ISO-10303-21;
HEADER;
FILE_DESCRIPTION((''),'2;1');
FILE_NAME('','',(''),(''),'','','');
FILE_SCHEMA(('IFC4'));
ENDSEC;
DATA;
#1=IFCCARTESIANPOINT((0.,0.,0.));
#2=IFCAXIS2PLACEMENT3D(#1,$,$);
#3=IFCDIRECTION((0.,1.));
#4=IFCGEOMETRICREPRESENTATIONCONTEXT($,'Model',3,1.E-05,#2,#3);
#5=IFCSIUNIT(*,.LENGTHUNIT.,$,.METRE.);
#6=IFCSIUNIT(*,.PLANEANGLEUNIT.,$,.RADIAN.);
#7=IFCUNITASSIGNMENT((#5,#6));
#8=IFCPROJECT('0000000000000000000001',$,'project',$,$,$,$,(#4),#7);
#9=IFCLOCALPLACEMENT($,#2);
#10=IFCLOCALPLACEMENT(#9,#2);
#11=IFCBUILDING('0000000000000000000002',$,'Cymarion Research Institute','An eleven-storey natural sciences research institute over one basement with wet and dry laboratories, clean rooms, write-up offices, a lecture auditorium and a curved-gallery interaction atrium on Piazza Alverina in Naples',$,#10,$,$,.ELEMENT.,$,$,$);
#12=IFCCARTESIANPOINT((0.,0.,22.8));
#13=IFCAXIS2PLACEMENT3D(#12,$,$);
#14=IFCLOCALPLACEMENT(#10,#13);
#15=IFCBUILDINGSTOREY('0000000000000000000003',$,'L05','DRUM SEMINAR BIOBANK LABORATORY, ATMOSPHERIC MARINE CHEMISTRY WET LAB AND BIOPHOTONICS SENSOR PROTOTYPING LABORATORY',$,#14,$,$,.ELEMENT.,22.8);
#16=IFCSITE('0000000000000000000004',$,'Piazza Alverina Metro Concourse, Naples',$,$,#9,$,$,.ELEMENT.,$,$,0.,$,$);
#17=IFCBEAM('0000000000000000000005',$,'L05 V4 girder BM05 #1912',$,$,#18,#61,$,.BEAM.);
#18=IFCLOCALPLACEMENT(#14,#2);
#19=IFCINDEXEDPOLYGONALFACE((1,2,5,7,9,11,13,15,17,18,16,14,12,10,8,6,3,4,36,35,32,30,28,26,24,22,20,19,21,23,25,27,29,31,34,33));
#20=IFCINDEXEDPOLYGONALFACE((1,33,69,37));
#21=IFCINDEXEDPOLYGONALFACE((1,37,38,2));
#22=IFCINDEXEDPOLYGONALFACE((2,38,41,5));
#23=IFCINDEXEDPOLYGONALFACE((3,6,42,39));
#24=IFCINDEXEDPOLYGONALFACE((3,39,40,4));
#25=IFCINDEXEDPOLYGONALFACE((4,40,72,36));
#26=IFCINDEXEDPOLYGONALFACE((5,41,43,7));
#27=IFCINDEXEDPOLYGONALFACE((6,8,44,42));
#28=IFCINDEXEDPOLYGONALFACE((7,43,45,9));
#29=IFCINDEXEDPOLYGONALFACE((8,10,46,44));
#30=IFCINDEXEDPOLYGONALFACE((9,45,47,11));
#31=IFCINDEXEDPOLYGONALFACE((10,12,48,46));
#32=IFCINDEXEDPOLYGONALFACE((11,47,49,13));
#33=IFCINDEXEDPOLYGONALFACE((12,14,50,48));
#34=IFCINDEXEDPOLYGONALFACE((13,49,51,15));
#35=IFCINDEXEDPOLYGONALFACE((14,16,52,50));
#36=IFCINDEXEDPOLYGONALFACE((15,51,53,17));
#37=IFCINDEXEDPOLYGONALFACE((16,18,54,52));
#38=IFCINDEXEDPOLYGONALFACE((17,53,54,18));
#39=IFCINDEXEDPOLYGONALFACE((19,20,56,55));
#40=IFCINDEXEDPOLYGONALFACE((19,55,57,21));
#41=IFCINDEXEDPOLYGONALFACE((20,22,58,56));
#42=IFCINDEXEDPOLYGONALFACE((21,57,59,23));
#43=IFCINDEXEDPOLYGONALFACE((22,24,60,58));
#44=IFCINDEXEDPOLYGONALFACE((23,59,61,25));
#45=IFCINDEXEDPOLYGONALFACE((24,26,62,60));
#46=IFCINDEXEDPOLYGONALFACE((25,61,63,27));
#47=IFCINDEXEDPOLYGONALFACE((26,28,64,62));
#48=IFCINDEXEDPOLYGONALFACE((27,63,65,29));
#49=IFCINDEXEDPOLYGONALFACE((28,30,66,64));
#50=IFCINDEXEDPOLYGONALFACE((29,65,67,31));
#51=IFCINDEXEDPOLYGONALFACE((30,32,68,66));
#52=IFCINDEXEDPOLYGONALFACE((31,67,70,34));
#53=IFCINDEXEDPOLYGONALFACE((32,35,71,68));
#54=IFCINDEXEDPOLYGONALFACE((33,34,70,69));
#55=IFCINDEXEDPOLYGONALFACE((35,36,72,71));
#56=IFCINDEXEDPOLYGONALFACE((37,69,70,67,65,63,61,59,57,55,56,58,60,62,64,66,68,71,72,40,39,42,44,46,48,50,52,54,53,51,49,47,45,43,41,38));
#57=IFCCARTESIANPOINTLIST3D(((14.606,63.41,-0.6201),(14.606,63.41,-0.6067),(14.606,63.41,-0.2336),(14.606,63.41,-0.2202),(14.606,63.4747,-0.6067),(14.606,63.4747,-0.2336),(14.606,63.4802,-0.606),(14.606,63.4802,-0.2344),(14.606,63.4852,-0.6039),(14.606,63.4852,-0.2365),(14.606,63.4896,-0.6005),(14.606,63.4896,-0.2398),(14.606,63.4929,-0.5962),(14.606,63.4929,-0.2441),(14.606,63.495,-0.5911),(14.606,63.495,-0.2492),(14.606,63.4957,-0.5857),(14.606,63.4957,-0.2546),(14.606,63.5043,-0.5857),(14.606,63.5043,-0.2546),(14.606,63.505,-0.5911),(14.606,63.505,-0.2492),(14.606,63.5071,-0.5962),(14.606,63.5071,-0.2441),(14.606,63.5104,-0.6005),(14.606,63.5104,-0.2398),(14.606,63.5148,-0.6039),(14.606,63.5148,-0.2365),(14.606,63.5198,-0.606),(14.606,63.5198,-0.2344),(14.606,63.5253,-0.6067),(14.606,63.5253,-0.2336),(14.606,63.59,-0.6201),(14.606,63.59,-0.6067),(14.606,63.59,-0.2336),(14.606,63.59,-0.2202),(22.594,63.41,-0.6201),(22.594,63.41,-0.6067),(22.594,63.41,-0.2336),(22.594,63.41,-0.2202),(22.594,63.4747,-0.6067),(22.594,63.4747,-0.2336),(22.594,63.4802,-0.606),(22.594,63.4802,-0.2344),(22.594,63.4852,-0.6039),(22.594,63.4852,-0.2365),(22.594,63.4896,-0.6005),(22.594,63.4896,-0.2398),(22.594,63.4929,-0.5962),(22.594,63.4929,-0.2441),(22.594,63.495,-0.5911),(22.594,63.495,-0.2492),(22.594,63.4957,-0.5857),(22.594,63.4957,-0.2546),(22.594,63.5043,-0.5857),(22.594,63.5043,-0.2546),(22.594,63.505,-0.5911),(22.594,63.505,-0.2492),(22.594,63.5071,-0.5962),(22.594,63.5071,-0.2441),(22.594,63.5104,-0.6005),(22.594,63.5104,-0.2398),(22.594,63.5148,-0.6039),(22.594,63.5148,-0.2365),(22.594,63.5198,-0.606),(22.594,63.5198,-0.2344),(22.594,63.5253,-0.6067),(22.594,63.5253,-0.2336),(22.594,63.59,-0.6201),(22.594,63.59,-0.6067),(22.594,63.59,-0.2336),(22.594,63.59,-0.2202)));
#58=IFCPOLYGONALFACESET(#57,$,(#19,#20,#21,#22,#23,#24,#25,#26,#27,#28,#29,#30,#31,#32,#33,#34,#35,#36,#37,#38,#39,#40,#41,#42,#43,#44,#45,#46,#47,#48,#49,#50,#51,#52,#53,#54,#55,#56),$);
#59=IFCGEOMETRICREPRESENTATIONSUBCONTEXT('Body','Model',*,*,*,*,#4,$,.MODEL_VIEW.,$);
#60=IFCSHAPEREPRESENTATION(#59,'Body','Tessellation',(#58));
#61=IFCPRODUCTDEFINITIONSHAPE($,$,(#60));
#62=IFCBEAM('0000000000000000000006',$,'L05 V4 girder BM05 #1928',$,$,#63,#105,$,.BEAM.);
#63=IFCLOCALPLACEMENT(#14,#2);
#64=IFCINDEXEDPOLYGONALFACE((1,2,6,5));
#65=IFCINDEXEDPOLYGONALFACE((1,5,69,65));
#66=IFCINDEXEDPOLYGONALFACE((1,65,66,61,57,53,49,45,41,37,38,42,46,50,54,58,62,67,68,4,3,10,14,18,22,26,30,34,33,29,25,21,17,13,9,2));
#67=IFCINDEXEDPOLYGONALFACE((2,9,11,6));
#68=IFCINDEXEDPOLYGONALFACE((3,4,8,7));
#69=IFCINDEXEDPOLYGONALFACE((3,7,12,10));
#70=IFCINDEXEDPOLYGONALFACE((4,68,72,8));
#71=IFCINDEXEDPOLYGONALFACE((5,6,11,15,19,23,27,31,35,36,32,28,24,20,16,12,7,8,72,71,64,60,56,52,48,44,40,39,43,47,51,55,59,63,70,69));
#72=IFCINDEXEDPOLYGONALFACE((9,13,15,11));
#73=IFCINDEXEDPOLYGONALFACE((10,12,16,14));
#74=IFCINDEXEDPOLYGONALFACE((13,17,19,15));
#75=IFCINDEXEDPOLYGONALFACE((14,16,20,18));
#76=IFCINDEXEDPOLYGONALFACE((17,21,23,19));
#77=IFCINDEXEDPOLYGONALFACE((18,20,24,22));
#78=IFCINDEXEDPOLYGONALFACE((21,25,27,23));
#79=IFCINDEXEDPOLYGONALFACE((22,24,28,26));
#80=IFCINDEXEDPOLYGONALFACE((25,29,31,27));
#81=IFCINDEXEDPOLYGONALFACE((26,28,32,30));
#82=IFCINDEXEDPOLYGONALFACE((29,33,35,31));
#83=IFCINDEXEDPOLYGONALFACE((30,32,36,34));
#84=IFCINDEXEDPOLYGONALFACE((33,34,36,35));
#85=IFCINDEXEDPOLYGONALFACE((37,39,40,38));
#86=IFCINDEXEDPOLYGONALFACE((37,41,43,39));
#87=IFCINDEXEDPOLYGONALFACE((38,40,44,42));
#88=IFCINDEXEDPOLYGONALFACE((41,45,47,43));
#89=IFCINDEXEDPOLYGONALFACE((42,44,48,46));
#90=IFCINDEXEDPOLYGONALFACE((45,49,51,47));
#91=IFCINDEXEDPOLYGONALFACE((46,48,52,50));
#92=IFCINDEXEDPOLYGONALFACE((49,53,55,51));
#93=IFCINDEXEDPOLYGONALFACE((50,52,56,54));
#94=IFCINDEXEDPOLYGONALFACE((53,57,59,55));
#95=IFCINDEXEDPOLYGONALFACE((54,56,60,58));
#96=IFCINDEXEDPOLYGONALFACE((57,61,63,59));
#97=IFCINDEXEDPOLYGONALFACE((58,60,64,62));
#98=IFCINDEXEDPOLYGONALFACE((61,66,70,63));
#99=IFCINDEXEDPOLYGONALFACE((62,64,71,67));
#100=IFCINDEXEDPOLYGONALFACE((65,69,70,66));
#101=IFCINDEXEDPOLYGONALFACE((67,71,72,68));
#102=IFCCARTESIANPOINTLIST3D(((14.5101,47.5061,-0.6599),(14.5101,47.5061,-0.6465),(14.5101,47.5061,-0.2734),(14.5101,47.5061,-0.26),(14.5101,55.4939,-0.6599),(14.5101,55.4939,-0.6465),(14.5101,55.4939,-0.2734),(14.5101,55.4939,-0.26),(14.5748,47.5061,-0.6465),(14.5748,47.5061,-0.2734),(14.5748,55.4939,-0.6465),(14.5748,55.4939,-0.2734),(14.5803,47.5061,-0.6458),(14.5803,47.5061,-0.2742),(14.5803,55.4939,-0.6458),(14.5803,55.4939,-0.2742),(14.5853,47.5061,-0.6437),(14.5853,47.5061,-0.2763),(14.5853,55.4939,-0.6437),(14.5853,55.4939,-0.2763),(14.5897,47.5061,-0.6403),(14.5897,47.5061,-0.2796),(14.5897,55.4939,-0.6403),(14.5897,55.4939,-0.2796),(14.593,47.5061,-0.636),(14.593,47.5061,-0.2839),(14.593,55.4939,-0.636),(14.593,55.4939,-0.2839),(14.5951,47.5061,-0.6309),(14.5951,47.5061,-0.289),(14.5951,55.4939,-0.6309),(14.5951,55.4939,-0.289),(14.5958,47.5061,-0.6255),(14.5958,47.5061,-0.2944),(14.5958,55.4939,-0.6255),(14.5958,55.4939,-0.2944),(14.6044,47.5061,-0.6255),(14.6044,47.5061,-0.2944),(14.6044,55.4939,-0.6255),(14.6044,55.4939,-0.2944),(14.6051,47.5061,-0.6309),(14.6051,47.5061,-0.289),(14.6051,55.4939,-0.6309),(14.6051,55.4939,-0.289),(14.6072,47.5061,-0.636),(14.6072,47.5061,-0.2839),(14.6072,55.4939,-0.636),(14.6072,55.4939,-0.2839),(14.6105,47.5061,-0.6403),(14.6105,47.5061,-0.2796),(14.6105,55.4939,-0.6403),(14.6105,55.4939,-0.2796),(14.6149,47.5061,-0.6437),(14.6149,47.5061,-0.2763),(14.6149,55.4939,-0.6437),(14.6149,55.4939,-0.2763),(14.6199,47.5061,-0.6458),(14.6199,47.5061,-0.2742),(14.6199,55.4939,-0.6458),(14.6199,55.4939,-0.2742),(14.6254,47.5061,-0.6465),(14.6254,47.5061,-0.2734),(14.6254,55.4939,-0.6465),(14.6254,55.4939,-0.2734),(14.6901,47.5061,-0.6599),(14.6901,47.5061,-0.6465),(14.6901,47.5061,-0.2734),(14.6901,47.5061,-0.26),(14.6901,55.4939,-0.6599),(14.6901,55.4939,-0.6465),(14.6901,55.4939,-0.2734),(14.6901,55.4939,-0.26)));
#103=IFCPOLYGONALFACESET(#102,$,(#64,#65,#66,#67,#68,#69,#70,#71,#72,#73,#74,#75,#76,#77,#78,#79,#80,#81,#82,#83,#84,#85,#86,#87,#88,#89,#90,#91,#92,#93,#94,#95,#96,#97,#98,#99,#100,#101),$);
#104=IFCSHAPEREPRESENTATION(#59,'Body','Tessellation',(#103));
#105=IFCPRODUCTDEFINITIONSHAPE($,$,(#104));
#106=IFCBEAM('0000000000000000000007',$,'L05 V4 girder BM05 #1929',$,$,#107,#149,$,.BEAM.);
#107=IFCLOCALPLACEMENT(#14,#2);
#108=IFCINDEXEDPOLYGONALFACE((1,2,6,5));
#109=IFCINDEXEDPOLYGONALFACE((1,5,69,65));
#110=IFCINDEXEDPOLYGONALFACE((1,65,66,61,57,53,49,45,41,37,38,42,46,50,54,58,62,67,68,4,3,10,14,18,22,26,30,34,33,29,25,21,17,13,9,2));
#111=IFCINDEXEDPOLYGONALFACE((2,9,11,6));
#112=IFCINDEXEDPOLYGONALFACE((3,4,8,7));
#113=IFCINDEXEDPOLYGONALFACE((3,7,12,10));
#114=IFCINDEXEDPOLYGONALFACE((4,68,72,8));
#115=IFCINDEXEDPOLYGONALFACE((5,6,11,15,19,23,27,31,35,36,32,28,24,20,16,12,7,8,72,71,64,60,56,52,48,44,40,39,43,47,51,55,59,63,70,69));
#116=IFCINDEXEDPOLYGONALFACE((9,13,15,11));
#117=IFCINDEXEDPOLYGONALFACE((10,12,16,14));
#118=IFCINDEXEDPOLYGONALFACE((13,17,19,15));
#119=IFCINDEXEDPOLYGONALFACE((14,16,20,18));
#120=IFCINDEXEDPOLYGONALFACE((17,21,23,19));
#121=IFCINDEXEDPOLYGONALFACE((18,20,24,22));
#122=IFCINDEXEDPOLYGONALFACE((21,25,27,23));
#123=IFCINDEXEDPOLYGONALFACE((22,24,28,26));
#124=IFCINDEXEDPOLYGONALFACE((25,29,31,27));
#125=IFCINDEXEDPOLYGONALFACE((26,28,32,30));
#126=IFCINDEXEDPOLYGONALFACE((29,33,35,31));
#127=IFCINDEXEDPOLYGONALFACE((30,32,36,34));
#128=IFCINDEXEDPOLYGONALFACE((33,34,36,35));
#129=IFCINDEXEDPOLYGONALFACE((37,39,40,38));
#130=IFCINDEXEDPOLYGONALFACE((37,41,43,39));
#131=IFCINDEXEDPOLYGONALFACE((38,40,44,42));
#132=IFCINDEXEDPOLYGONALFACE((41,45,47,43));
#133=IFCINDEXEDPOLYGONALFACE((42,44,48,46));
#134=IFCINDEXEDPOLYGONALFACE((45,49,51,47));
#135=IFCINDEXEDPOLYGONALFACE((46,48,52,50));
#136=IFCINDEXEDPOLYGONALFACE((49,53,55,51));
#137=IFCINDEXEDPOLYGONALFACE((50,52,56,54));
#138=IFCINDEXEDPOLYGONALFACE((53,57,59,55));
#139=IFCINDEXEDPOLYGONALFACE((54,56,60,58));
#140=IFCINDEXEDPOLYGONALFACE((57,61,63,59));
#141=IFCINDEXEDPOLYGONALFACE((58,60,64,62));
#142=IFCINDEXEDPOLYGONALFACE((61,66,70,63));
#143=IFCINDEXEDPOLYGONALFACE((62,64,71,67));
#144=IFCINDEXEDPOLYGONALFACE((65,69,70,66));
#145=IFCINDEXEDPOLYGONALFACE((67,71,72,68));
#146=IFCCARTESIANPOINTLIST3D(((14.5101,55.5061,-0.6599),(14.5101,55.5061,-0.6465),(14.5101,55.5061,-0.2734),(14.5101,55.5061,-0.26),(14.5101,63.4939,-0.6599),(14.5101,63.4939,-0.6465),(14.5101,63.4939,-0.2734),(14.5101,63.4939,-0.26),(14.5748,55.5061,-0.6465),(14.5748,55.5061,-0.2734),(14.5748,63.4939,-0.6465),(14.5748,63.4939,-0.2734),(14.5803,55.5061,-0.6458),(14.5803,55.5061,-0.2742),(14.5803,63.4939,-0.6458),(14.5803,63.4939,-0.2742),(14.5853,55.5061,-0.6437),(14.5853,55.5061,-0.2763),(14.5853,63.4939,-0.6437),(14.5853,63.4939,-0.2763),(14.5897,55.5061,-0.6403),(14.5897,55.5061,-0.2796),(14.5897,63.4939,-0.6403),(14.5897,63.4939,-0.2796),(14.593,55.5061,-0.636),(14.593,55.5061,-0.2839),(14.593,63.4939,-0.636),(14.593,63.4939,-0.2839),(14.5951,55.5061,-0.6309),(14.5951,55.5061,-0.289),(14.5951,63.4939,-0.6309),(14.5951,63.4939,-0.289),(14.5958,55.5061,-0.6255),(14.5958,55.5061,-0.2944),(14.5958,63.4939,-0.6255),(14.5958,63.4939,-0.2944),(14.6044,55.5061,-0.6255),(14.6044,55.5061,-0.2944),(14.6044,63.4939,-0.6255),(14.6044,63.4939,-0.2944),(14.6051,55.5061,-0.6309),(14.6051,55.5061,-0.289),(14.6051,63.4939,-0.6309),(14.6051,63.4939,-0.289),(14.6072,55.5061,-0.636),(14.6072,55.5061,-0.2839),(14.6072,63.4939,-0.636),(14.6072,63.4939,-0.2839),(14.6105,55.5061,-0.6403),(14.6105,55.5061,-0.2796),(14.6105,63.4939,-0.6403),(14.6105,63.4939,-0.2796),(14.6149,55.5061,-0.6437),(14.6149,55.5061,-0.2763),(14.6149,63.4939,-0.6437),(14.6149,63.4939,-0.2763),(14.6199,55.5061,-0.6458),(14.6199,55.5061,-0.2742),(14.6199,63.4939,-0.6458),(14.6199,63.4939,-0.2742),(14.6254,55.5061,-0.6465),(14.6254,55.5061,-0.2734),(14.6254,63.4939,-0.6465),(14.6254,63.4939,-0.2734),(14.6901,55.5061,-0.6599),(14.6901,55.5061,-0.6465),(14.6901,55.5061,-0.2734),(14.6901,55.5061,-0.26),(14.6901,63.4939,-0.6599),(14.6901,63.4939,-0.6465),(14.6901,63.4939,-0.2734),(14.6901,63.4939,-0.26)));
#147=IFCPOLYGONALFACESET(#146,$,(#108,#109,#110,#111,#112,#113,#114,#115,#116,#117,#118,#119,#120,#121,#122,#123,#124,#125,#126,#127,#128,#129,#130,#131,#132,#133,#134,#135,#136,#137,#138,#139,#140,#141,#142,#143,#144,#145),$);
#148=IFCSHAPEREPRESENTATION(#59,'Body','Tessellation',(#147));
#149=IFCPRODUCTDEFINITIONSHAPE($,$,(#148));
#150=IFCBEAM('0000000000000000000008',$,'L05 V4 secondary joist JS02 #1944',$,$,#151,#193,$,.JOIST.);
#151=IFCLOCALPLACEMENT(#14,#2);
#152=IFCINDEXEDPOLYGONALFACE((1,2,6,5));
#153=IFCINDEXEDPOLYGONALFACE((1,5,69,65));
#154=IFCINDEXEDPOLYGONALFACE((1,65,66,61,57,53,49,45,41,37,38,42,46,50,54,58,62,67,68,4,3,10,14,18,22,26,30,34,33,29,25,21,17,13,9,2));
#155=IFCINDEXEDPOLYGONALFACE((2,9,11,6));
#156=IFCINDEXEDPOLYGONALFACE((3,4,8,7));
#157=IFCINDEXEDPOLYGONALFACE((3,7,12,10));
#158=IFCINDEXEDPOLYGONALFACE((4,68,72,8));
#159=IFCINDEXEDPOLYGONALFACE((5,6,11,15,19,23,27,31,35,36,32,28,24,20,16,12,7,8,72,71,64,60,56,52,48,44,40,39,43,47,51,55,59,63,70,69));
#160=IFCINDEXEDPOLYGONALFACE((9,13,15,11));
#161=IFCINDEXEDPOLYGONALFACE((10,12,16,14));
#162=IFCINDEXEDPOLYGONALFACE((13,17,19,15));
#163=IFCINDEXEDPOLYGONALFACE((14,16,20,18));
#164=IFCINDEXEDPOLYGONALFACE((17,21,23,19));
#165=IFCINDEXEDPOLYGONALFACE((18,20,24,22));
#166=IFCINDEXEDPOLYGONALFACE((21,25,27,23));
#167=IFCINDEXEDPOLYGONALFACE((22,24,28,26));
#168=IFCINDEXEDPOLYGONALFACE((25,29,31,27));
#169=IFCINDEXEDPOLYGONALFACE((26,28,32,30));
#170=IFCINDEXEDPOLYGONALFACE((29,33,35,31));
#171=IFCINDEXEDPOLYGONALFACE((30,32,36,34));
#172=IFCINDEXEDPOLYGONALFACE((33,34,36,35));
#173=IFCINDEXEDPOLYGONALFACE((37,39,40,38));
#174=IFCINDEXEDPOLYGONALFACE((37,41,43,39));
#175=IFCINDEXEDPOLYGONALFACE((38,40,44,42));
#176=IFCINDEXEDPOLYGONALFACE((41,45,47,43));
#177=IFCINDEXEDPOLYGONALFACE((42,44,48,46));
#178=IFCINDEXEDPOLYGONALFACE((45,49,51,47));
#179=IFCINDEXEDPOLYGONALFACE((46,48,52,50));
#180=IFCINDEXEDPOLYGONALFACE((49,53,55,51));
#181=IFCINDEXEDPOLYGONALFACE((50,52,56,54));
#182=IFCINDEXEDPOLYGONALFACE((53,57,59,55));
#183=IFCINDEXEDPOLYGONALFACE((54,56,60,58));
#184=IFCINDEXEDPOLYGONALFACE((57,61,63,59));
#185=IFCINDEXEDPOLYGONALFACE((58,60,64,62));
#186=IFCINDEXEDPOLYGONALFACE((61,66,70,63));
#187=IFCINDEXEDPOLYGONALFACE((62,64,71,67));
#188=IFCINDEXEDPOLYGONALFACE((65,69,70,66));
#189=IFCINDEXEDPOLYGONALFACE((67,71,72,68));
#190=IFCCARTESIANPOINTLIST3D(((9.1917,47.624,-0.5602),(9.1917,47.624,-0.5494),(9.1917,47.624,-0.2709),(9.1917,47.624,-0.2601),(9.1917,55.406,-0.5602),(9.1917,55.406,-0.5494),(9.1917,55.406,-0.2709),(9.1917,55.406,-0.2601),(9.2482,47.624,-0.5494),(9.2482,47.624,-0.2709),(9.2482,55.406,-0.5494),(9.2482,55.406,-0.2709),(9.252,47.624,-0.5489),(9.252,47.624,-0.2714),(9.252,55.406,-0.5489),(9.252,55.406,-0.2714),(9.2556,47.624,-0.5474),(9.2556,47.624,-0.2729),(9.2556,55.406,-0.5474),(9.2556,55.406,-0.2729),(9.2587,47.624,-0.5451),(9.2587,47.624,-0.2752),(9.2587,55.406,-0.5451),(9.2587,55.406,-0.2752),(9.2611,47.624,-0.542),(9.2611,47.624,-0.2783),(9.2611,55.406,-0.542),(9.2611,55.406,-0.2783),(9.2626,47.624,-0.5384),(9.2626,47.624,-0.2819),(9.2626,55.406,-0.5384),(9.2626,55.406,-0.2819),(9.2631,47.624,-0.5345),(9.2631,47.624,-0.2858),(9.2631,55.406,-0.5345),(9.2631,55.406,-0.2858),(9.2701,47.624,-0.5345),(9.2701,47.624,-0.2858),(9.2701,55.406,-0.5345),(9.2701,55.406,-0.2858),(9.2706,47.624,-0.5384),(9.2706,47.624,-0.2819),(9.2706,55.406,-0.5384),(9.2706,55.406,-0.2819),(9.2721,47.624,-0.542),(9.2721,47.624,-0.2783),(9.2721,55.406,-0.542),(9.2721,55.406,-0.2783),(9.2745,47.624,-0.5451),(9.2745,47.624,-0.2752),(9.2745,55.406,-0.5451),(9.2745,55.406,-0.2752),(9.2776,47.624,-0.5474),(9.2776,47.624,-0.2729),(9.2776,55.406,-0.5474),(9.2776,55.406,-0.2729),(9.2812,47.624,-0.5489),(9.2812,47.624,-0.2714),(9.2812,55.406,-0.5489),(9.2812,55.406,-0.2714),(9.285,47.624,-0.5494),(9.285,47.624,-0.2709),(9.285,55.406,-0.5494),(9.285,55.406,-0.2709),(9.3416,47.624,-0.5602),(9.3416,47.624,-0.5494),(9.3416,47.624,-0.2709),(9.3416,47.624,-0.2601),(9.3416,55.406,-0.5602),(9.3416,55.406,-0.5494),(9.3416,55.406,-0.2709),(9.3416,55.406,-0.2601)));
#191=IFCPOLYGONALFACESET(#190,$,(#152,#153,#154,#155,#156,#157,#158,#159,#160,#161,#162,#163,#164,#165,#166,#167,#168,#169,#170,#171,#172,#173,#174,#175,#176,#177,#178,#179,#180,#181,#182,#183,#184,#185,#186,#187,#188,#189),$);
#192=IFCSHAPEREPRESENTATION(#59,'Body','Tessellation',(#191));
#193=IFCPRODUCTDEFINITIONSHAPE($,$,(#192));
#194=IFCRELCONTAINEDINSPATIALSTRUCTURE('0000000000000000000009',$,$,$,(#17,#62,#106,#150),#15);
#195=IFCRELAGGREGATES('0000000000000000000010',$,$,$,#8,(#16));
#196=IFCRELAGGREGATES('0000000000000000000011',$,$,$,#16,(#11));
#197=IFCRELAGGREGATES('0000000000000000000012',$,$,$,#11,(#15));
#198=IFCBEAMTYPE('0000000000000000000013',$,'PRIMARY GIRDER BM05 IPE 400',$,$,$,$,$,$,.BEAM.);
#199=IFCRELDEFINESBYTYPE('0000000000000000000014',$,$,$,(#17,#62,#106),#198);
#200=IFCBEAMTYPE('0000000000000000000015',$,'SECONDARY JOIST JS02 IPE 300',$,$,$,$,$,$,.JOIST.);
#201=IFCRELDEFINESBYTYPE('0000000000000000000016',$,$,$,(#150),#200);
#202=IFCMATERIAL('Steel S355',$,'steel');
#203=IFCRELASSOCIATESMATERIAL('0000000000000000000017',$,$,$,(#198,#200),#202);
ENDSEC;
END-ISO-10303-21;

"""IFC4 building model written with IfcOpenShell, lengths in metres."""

from ifc_helpers import new_model, si_unit, direction, frame, origin, origin_2d, place, context, subcontext, project, spatial, i_section, extrude, material, material_profile, profile_set, type_object, element, save


model = new_model("IFC4")

# Units and contexts
model_context = context("Model", 3, precision=1e-05, world=origin(), true_north=direction((0.0, 1.0)))
body_context = subcontext(model_context, "Body", "Model", "MODEL_VIEW")
ifc_project = project(units=[si_unit("LENGTHUNIT", "METRE"), si_unit("PLANEANGLEUNIT", "RADIAN")], contexts=[model_context])

# Site, building, storey
site_placement = place(None, origin())
site = spatial("IfcSite", under=ifc_project, at=site_placement, Name="Piazza Alverina Metro Concourse, Naples", CompositionType="ELEMENT", RefElevation=0.0)
building_placement = place(site_placement, origin())
building = spatial("IfcBuilding", under=site, at=building_placement, Name="Cymarion Research Institute", Description="An eleven-storey natural sciences research institute over one basement with wet and dry laboratories, clean rooms, write-up offices, a lecture auditorium and a curved-gallery interaction atrium on Piazza Alverina in Naples", CompositionType="ELEMENT")
storey_placement = place(building_placement, frame((0.0, 0.0, 22.8)))
storey = spatial("IfcBuildingStorey", under=building, at=storey_placement, Name="L05", Description="DRUM SEMINAR BIOBANK LABORATORY, ATMOSPHERIC MARINE CHEMISTRY WET LAB AND BIOPHOTONICS SENSOR PROTOTYPING LABORATORY", CompositionType="ELEMENT", Elevation=22.8)

# Beams
ifc_material_1 = material(Name="Steel S355", Category="steel")
ifc_material_profile_1 = material_profile(ifc_material_1, i_section(OverallWidth=0.1799, OverallDepth=0.3999, WebThickness=0.0085, FlangeThickness=0.0134, FilletRadius=0.021, at=origin_2d()), Name="IPE 400")
ifc_profile_set_1 = profile_set([ifc_material_profile_1], Name="Steel S355")
beam_type_1 = type_object("IfcBeamType", Name="PRIMARY GIRDER BM05 IPE 400", PredefinedType="BEAM", material=ifc_profile_set_1)
for number, where, z_axis, x_axis, name in (
    (1, (14.606, 63.5, -0.4202), (1.0, 0.0, 0.0), (0.0, 1.0, 0.0), "L05 V4 girder BM05 #1912"),
):
    element("IfcBeam", number, at=place(storey_placement, frame(where, z_axis=z_axis, x_axis=x_axis)), inside=storey, type_object=beam_type_1, Name=name, PredefinedType="BEAM", context=body_context, shape_type="SweptSolid", body=[
        extrude(i_section(OverallWidth=0.1799, OverallDepth=0.3999, WebThickness=0.0085, FlangeThickness=0.0134, FilletRadius=0.021, at=origin_2d()), origin(), (0.0, 0.0, 1.0), 7.988),
    ])
for number, where, z_axis, x_axis, name in (
    (2, (14.6001, 47.5061, -0.46), (0.0, 1.0, 0.0), (-1.0, 0.0, 0.0), "L05 V4 girder BM05 #1928"),
    (3, (14.6001, 55.5061, -0.46), (0.0, 1.0, 0.0), (-1.0, 0.0, 0.0), "L05 V4 girder BM05 #1929"),
):
    element("IfcBeam", number, at=place(storey_placement, frame(where, z_axis=z_axis, x_axis=x_axis)), inside=storey, type_object=beam_type_1, Name=name, PredefinedType="BEAM", context=body_context, shape_type="SweptSolid", body=[
        extrude(i_section(OverallWidth=0.1799, OverallDepth=0.3999, WebThickness=0.0085, FlangeThickness=0.0134, FilletRadius=0.021, at=origin_2d()), origin(), (0.0, 0.0, 1.0), 7.9878),
    ])
ifc_material_profile_2 = material_profile(ifc_material_1, i_section(OverallWidth=0.1499, OverallDepth=0.3, WebThickness=0.0071, FlangeThickness=0.0107, FilletRadius=0.0149, at=origin_2d()), Name="IPE 300")
ifc_profile_set_2 = profile_set([ifc_material_profile_2], Name="Steel S355")
beam_type_2 = type_object("IfcBeamType", Name="SECONDARY JOIST JS02 IPE 300", PredefinedType="JOIST", material=ifc_profile_set_2)
for number, where, z_axis, x_axis, name in (
    (4, (9.2666, 47.624, -0.4102), (0.0, 1.0, 0.0), (-1.0, 0.0, 0.0), "L05 V4 secondary joist JS02 #1944"),
):
    element("IfcBeam", number, at=place(storey_placement, frame(where, z_axis=z_axis, x_axis=x_axis)), inside=storey, type_object=beam_type_2, Name=name, PredefinedType="JOIST", context=body_context, shape_type="SweptSolid", body=[
        extrude(i_section(OverallWidth=0.1499, OverallDepth=0.3, WebThickness=0.0071, FlangeThickness=0.0107, FilletRadius=0.0149, at=origin_2d()), origin(), (0.0, 0.0, 1.0), 7.782),
    ])

save(model, "model.ifc")
